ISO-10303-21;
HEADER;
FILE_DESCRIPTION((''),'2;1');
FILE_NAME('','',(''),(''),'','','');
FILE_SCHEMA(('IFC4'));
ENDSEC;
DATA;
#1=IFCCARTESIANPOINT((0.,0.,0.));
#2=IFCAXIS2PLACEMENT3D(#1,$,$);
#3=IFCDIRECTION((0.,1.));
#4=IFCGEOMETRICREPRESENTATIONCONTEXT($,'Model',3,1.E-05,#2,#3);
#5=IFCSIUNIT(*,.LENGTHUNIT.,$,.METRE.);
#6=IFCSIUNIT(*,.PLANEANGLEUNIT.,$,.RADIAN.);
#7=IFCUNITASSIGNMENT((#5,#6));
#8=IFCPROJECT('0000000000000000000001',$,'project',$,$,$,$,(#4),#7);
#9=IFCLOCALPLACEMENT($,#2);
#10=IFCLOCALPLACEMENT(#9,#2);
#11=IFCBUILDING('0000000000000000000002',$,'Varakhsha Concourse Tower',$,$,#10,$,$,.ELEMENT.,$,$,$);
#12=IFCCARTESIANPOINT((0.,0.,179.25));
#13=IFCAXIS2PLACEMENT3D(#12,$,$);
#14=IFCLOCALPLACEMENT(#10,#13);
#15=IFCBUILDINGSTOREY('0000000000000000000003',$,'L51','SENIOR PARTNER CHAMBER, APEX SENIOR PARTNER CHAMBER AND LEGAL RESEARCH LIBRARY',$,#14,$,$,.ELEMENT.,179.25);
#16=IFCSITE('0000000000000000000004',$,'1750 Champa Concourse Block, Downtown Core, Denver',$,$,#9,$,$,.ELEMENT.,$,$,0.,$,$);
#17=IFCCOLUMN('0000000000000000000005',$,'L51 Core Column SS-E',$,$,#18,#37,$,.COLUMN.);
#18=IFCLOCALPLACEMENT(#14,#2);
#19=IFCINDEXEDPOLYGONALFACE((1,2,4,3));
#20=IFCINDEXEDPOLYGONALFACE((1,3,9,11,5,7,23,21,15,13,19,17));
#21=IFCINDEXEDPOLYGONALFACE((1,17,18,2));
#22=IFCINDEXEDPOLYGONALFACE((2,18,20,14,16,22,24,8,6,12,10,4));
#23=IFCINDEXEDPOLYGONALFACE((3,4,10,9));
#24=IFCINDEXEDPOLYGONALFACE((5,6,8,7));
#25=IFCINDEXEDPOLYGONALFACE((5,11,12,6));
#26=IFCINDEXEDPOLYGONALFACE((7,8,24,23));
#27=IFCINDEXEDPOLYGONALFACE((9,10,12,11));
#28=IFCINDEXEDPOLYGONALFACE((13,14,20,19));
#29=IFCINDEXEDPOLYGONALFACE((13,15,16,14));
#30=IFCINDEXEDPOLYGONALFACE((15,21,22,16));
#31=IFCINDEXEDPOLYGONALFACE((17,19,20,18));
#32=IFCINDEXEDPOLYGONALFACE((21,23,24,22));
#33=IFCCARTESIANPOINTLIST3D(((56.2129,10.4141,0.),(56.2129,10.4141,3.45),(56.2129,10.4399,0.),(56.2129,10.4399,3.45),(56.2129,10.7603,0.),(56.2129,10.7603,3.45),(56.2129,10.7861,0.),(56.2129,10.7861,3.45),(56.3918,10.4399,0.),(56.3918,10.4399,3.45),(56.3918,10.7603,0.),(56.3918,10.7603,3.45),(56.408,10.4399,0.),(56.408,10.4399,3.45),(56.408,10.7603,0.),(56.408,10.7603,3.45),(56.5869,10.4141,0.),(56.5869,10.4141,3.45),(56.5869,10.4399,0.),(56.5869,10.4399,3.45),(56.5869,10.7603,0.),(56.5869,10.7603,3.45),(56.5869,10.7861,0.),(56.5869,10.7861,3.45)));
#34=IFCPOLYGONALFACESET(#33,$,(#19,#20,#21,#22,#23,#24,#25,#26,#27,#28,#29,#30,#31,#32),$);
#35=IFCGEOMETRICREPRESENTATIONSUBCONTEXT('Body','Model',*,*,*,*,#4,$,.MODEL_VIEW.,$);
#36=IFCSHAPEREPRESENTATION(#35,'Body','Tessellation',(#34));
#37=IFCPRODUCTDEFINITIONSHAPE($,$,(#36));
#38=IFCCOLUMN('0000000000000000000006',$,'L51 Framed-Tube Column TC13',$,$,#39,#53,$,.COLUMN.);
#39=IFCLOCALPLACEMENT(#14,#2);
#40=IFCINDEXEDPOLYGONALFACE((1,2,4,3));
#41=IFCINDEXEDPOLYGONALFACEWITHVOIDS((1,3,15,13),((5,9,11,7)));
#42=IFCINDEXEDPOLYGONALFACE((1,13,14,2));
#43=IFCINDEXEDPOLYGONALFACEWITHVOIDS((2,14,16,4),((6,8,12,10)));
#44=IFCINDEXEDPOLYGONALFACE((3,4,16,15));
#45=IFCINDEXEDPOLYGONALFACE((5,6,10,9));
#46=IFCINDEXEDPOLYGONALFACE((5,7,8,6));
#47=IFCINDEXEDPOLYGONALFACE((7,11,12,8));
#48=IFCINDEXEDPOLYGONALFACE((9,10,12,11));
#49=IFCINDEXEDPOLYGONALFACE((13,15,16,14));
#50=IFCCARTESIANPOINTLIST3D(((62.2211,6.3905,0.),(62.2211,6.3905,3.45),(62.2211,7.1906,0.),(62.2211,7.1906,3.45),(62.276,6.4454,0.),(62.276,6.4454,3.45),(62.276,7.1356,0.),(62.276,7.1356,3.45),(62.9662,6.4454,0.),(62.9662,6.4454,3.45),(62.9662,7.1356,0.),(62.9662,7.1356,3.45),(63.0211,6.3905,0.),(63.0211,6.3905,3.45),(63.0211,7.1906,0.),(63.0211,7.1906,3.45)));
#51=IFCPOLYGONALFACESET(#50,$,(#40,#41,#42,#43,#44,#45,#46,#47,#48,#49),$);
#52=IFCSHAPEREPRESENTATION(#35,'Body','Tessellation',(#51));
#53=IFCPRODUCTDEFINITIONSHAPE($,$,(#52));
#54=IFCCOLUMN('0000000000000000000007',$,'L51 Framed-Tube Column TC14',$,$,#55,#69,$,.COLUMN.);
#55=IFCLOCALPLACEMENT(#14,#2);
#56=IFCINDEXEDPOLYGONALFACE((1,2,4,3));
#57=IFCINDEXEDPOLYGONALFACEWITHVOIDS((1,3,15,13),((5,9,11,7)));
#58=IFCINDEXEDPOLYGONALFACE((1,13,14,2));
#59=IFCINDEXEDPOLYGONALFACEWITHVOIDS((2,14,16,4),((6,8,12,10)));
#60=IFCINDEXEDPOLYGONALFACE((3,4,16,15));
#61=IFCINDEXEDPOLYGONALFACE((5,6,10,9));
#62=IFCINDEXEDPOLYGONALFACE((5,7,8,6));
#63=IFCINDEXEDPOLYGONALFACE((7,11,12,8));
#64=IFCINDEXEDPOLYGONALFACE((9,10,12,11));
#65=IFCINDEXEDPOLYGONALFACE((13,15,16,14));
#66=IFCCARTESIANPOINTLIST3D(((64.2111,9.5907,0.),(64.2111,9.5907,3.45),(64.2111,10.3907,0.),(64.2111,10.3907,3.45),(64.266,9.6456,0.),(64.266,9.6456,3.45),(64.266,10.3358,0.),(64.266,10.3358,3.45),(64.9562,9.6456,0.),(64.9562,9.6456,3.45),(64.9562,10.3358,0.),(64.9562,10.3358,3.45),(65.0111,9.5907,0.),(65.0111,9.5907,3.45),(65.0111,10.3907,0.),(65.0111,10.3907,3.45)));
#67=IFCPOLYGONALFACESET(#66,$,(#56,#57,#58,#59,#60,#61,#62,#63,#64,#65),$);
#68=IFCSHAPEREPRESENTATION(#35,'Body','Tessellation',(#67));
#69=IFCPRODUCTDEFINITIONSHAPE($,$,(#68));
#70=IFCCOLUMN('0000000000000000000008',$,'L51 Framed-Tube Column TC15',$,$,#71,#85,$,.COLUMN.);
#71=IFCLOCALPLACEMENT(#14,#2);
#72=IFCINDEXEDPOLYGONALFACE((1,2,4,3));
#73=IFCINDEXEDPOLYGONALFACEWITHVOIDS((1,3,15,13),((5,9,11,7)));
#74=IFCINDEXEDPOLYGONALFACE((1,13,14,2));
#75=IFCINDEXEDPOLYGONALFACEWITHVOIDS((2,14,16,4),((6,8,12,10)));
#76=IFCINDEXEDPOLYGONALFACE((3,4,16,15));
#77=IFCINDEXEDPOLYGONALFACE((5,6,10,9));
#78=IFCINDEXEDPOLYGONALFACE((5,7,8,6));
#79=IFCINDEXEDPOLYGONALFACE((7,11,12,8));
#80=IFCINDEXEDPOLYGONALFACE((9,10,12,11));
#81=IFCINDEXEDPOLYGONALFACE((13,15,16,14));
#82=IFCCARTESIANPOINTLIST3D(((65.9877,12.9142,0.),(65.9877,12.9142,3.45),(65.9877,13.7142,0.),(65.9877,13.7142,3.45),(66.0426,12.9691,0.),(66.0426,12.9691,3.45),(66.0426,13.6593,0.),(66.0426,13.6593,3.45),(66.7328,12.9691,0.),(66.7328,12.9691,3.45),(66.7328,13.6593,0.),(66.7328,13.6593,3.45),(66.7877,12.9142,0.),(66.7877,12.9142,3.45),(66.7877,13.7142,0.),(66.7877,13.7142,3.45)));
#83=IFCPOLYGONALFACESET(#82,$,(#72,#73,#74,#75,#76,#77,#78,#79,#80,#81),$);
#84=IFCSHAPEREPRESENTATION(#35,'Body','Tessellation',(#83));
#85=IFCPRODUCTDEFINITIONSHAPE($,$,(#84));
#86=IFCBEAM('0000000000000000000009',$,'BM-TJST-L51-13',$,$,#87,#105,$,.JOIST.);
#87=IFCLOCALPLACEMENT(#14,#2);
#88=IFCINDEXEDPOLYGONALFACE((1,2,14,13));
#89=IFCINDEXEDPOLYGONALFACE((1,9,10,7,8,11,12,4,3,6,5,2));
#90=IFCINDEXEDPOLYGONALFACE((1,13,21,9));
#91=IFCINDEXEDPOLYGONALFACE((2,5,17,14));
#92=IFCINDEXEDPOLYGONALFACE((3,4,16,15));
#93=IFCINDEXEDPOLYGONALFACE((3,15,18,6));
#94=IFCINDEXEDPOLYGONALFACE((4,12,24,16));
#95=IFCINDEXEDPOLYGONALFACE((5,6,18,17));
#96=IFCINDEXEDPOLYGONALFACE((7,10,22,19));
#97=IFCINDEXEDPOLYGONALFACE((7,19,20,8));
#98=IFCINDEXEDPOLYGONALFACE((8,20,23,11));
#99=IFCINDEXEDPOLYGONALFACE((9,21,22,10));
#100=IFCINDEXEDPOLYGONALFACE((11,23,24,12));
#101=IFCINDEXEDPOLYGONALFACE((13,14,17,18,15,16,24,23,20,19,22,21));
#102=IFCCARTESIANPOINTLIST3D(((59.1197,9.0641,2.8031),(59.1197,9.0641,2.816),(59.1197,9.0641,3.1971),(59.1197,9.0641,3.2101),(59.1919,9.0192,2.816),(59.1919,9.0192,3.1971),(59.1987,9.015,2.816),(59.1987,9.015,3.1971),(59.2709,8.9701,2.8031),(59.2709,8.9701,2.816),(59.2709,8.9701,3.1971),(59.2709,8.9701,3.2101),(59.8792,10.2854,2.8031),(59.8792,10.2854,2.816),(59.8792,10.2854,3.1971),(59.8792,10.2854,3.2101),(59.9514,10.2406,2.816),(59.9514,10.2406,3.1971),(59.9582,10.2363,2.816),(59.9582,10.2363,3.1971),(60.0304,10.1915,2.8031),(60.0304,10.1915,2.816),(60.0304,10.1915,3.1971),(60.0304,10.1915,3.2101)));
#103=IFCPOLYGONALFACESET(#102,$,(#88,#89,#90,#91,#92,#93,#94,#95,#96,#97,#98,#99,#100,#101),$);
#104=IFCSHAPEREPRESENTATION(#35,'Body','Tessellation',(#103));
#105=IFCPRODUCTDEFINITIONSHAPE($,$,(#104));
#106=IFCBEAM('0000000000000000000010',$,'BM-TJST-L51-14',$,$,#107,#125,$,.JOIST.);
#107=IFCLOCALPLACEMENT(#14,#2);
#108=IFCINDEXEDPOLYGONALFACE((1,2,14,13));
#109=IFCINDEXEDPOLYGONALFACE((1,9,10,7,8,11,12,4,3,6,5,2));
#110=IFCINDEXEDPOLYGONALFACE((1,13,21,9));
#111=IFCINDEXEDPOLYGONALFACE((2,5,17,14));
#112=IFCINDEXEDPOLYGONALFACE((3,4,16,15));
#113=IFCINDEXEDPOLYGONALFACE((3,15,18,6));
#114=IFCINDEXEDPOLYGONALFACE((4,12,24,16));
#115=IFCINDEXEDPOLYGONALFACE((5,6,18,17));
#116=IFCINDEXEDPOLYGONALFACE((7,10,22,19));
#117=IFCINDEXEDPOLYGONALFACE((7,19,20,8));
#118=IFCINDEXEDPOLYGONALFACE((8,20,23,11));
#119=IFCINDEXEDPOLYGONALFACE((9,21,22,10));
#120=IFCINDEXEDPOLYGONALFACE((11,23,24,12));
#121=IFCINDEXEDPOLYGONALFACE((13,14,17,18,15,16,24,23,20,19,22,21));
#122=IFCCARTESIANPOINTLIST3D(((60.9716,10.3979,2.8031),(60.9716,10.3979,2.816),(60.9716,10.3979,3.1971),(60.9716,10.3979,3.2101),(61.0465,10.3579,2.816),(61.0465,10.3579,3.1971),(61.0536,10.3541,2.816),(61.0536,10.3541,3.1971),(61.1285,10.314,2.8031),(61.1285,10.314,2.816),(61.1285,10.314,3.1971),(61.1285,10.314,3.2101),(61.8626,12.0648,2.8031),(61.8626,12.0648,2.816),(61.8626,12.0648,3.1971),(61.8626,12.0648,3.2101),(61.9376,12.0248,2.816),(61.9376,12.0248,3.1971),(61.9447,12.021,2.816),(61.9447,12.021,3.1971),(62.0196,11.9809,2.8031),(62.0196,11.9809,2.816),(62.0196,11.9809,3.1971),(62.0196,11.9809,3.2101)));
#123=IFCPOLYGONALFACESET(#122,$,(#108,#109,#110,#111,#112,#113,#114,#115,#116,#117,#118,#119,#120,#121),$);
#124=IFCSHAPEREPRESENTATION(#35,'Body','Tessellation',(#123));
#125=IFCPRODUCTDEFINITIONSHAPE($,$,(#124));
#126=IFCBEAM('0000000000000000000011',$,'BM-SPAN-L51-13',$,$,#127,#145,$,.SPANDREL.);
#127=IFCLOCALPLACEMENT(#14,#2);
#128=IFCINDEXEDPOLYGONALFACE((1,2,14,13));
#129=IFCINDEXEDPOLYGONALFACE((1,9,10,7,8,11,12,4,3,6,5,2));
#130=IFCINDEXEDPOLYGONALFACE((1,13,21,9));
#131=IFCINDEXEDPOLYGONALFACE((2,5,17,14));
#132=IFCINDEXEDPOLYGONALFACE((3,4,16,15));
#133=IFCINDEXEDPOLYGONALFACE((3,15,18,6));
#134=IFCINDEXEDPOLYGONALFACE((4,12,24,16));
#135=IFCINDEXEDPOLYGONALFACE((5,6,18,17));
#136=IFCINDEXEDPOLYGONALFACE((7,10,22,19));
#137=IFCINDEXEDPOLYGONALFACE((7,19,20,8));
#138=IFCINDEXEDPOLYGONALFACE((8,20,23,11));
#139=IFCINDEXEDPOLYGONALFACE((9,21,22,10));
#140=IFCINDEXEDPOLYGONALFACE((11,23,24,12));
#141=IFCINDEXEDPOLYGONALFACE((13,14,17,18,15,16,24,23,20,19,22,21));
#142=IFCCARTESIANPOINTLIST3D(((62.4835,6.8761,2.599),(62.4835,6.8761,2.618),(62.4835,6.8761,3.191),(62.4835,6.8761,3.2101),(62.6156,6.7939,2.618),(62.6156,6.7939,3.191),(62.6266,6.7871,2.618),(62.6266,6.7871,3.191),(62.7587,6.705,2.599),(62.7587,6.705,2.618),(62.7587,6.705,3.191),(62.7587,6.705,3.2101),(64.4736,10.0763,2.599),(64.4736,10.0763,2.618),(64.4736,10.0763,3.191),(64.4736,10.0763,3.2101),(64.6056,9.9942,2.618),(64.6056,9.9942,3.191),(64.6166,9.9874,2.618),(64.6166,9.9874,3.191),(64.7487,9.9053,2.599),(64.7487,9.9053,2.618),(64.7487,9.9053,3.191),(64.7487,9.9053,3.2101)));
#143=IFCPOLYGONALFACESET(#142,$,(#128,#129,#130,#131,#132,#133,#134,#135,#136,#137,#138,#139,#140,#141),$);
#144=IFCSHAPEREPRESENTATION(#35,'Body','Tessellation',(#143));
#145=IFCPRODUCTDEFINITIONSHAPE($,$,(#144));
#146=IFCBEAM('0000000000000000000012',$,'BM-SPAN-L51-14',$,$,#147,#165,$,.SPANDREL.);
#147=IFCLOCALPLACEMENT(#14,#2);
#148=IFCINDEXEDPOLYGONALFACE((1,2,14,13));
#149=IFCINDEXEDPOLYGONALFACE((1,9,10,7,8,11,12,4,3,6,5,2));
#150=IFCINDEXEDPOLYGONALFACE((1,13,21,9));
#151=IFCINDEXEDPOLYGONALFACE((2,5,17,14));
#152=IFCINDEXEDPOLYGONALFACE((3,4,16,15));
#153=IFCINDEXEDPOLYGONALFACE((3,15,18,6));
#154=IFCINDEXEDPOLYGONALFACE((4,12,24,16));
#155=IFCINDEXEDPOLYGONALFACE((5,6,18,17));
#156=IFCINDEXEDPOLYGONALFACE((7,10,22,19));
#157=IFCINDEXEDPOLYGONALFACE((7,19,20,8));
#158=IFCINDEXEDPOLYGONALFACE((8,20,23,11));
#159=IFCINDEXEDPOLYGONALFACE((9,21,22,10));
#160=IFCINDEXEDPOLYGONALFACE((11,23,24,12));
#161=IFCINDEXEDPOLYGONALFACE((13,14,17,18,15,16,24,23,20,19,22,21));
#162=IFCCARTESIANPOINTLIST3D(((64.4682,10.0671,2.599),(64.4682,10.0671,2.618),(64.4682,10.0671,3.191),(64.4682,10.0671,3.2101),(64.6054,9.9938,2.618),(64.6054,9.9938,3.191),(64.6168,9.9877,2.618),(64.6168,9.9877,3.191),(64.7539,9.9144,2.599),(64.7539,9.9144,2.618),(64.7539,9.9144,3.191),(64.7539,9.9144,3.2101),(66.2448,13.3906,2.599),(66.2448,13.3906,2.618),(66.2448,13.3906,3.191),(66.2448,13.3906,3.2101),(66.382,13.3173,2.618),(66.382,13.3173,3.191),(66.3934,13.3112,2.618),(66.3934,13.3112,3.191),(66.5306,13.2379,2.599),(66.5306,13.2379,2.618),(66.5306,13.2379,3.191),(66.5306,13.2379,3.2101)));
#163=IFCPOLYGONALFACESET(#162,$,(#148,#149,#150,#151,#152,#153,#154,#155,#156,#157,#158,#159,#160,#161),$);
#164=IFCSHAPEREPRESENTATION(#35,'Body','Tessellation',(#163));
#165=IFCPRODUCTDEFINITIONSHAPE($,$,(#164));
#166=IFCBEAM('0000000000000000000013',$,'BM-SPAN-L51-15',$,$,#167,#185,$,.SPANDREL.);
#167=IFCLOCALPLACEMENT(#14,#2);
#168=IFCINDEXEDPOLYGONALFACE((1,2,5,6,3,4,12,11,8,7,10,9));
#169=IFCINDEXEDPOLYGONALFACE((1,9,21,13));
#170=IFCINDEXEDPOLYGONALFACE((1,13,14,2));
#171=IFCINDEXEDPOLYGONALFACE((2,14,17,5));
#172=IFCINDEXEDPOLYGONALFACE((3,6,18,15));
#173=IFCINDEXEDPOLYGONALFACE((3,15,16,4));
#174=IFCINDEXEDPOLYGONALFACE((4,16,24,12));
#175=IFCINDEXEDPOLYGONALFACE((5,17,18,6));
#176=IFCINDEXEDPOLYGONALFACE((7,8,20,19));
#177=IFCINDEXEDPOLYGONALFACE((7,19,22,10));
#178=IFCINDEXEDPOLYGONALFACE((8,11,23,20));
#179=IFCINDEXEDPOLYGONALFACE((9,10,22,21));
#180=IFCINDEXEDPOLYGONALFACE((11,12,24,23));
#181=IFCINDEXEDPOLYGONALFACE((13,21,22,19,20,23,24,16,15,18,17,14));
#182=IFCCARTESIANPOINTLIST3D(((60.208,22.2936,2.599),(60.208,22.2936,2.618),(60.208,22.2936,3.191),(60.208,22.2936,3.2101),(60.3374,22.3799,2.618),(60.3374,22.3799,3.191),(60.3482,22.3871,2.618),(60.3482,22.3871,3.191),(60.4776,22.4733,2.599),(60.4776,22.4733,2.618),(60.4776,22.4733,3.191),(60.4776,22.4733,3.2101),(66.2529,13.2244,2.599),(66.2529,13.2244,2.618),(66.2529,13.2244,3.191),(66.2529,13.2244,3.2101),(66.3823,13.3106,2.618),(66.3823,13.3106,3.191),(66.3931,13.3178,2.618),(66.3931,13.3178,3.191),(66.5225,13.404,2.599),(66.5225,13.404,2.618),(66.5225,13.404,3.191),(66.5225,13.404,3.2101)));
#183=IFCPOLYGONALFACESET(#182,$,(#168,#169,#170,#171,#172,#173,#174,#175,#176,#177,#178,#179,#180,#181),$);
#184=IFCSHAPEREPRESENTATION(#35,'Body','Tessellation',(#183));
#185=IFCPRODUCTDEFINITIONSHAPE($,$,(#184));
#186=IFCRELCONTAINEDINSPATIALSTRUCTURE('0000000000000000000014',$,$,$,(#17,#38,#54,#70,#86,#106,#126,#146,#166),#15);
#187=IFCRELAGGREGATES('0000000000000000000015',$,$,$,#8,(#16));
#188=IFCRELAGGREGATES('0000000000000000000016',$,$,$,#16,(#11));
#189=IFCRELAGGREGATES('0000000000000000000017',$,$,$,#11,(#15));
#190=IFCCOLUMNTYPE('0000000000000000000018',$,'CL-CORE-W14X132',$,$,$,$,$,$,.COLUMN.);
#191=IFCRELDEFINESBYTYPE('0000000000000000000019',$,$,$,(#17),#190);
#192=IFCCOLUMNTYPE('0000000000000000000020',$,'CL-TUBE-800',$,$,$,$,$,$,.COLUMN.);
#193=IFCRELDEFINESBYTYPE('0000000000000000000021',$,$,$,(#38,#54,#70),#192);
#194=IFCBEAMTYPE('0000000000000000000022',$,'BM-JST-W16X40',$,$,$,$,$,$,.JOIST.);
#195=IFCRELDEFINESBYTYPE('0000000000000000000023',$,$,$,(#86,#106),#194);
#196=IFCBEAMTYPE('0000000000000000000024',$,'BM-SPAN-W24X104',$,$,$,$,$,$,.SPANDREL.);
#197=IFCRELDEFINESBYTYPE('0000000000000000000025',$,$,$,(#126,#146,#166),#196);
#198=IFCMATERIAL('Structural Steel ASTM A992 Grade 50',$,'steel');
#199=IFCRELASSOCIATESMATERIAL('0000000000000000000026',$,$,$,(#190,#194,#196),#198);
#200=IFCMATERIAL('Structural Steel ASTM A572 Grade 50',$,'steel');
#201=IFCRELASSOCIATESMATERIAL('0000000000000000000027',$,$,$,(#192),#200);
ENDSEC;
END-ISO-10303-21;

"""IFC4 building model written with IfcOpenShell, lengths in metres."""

from ifc_helpers import new_model, si_unit, direction, frame, origin, origin_2d, place, context, subcontext, project, spatial, hollow_rectangle, i_section, extrude, material, material_profile, profile_set, type_object, element, save


model = new_model("IFC4")

# Units and contexts
model_context = context("Model", 3, precision=1e-05, world=origin(), true_north=direction((0.0, 1.0)))
body_context = subcontext(model_context, "Body", "Model", "MODEL_VIEW")
ifc_project = project(units=[si_unit("LENGTHUNIT", "METRE"), si_unit("PLANEANGLEUNIT", "RADIAN")], contexts=[model_context])

# Site, building, storey
site_placement = place(None, origin())
site = spatial("IfcSite", under=ifc_project, at=site_placement, Name="1750 Champa Concourse Block, Downtown Core, Denver", CompositionType="ELEMENT", RefElevation=0.0)
building_placement = place(site_placement, origin())
building = spatial("IfcBuilding", under=site, at=building_placement, Name="Varakhsha Concourse Tower", CompositionType="ELEMENT")
storey_placement = place(building_placement, frame((0.0, 0.0, 179.25)))
storey = spatial("IfcBuildingStorey", under=building, at=storey_placement, Name="L51", Description="SENIOR PARTNER CHAMBER, APEX SENIOR PARTNER CHAMBER AND LEGAL RESEARCH LIBRARY", CompositionType="ELEMENT", Elevation=179.25)

# Columns
ifc_material_1 = material(Name="Structural Steel ASTM A992 Grade 50", Category="steel")
ifc_material_profile_1 = material_profile(ifc_material_1, i_section(OverallWidth=0.374, OverallDepth=0.3721, WebThickness=0.0161, FlangeThickness=0.0259, at=origin_2d()), Name="W14X132")
ifc_profile_set_1 = profile_set([ifc_material_profile_1], Name="Structural Steel ASTM A992 Grade 50")
column_type_1 = type_object("IfcColumnType", Name="CL-CORE-W14X132", PredefinedType="COLUMN", material=ifc_profile_set_1)
column_placement = place(storey_placement, frame((56.3999, 10.6001, 0.0), z_axis=(0.0, 0.0, 1.0), x_axis=(1.0, 0.0, 0.0)))
element("IfcColumn", 1, at=column_placement, inside=storey, type_object=column_type_1, Name="L51 Core Column SS-E", PredefinedType="COLUMN", context=body_context, shape_type="SweptSolid", body=[
    extrude(i_section(OverallWidth=0.374, OverallDepth=0.3721, WebThickness=0.0161, FlangeThickness=0.0259, at=origin_2d()), origin(), (0.0, 0.0, 1.0), 3.45),
])
ifc_material_2 = material(Name="Structural Steel ASTM A572 Grade 50", Category="steel")
ifc_material_profile_2 = material_profile(ifc_material_2, hollow_rectangle(XDim=0.8, YDim=0.8, WallThickness=0.0549, at=origin_2d()), Name="BOX 800x800x55")
ifc_profile_set_2 = profile_set([ifc_material_profile_2], Name="Structural Steel ASTM A572 Grade 50")
column_type_2 = type_object("IfcColumnType", Name="CL-TUBE-800", PredefinedType="COLUMN", material=ifc_profile_set_2)
for number, where, z_axis, x_axis, name in (
    (2, (62.6211, 6.7905, 0.0), (0.0, 0.0, 1.0), (1.0, 0.0, 0.0), "L51 Framed-Tube Column TC13"),
    (3, (64.6111, 9.9907, 0.0), (0.0, 0.0, 1.0), (1.0, 0.0, 0.0), "L51 Framed-Tube Column TC14"),
    (4, (66.3877, 13.3142, 0.0), (0.0, 0.0, 1.0), (1.0, 0.0, 0.0), "L51 Framed-Tube Column TC15"),
):
    element("IfcColumn", number, at=place(storey_placement, frame(where, z_axis=z_axis, x_axis=x_axis)), inside=storey, type_object=column_type_2, Name=name, PredefinedType="COLUMN", context=body_context, shape_type="SweptSolid", body=[
        extrude(hollow_rectangle(XDim=0.8, YDim=0.8, WallThickness=0.0549, at=origin_2d()), origin(), (0.0, 0.0, 1.0), 3.45),
    ])

# Beams
ifc_material_profile_3 = material_profile(ifc_material_1, i_section(OverallWidth=0.178, OverallDepth=0.407, WebThickness=0.0081, FlangeThickness=0.0129, at=origin_2d()), Name="W16X40")
ifc_profile_set_3 = profile_set([ifc_material_profile_3], Name="Structural Steel ASTM A992 Grade 50")
beam_type_1 = type_object("IfcBeamType", Name="BM-JST-W16X40", PredefinedType="JOIST", material=ifc_profile_set_3)
beam_1_placement = place(storey_placement, frame((59.1953, 9.0171, 3.0066), z_axis=(0.52806, 0.849207, 0.0), x_axis=(-0.849207, 0.52806, 0.0)))
element("IfcBeam", 5, at=beam_1_placement, inside=storey, type_object=beam_type_1, Name="BM-TJST-L51-13", PredefinedType="JOIST", context=body_context, shape_type="SweptSolid", body=[
    extrude(i_section(OverallWidth=0.178, OverallDepth=0.407, WebThickness=0.0081, FlangeThickness=0.0129, at=origin_2d()), origin(), (0.0, 0.0, 1.0), 1.4382),
])
beam_2_placement = place(storey_placement, frame((61.05, 10.356, 3.0066), z_axis=(0.471433, 0.881902, 0.0), x_axis=(-0.881902, 0.471433, 0.0)))
element("IfcBeam", 6, at=beam_2_placement, inside=storey, type_object=beam_type_1, Name="BM-TJST-L51-14", PredefinedType="JOIST", context=body_context, shape_type="SweptSolid", body=[
    extrude(i_section(OverallWidth=0.178, OverallDepth=0.407, WebThickness=0.0081, FlangeThickness=0.0129, at=origin_2d()), origin(), (0.0, 0.0, 1.0), 1.8901),
])
ifc_material_profile_4 = material_profile(ifc_material_1, i_section(OverallWidth=0.324, OverallDepth=0.6111, WebThickness=0.0129, FlangeThickness=0.019, at=origin_2d()), Name="W24X104")
ifc_profile_set_4 = profile_set([ifc_material_profile_4], Name="Structural Steel ASTM A992 Grade 50")
beam_type_2 = type_object("IfcBeamType", Name="BM-SPAN-W24X104", PredefinedType="SPANDREL", material=ifc_profile_set_4)
for number, where, z_axis, x_axis, name in (
    (7, (62.6211, 6.7905, 2.9045), (0.528064, 0.849204, 0.0), (-0.849204, 0.528064, 0.0), "BM-SPAN-L51-13"),
    (8, (64.6111, 9.9907, 2.9045), (0.471432, 0.881902, 0.0), (-0.881902, 0.471432, 0.0), "BM-SPAN-L51-14"),
):
    element("IfcBeam", number, at=place(storey_placement, frame(where, z_axis=z_axis, x_axis=x_axis)), inside=storey, type_object=beam_type_2, Name=name, PredefinedType="SPANDREL", context=body_context, shape_type="SweptSolid", body=[
        extrude(i_section(OverallWidth=0.324, OverallDepth=0.6111, WebThickness=0.0129, FlangeThickness=0.019, at=origin_2d()), origin(), (0.0, 0.0, 1.0), 3.7686),
    ])
beam_3_placement = place(storey_placement, frame((66.3877, 13.3142, 2.9045), z_axis=(-0.554617, 0.832105, 0.0), x_axis=(-0.832105, -0.554617, 0.0)))
element("IfcBeam", 9, at=beam_3_placement, inside=storey, type_object=beam_type_2, Name="BM-SPAN-L51-15", PredefinedType="SPANDREL", context=body_context, shape_type="SweptSolid", body=[
    extrude(i_section(OverallWidth=0.324, OverallDepth=0.6111, WebThickness=0.0129, FlangeThickness=0.019, at=origin_2d()), origin(), (0.0, 0.0, 1.0), 10.8992),
])

save(model, "model.ifc")
